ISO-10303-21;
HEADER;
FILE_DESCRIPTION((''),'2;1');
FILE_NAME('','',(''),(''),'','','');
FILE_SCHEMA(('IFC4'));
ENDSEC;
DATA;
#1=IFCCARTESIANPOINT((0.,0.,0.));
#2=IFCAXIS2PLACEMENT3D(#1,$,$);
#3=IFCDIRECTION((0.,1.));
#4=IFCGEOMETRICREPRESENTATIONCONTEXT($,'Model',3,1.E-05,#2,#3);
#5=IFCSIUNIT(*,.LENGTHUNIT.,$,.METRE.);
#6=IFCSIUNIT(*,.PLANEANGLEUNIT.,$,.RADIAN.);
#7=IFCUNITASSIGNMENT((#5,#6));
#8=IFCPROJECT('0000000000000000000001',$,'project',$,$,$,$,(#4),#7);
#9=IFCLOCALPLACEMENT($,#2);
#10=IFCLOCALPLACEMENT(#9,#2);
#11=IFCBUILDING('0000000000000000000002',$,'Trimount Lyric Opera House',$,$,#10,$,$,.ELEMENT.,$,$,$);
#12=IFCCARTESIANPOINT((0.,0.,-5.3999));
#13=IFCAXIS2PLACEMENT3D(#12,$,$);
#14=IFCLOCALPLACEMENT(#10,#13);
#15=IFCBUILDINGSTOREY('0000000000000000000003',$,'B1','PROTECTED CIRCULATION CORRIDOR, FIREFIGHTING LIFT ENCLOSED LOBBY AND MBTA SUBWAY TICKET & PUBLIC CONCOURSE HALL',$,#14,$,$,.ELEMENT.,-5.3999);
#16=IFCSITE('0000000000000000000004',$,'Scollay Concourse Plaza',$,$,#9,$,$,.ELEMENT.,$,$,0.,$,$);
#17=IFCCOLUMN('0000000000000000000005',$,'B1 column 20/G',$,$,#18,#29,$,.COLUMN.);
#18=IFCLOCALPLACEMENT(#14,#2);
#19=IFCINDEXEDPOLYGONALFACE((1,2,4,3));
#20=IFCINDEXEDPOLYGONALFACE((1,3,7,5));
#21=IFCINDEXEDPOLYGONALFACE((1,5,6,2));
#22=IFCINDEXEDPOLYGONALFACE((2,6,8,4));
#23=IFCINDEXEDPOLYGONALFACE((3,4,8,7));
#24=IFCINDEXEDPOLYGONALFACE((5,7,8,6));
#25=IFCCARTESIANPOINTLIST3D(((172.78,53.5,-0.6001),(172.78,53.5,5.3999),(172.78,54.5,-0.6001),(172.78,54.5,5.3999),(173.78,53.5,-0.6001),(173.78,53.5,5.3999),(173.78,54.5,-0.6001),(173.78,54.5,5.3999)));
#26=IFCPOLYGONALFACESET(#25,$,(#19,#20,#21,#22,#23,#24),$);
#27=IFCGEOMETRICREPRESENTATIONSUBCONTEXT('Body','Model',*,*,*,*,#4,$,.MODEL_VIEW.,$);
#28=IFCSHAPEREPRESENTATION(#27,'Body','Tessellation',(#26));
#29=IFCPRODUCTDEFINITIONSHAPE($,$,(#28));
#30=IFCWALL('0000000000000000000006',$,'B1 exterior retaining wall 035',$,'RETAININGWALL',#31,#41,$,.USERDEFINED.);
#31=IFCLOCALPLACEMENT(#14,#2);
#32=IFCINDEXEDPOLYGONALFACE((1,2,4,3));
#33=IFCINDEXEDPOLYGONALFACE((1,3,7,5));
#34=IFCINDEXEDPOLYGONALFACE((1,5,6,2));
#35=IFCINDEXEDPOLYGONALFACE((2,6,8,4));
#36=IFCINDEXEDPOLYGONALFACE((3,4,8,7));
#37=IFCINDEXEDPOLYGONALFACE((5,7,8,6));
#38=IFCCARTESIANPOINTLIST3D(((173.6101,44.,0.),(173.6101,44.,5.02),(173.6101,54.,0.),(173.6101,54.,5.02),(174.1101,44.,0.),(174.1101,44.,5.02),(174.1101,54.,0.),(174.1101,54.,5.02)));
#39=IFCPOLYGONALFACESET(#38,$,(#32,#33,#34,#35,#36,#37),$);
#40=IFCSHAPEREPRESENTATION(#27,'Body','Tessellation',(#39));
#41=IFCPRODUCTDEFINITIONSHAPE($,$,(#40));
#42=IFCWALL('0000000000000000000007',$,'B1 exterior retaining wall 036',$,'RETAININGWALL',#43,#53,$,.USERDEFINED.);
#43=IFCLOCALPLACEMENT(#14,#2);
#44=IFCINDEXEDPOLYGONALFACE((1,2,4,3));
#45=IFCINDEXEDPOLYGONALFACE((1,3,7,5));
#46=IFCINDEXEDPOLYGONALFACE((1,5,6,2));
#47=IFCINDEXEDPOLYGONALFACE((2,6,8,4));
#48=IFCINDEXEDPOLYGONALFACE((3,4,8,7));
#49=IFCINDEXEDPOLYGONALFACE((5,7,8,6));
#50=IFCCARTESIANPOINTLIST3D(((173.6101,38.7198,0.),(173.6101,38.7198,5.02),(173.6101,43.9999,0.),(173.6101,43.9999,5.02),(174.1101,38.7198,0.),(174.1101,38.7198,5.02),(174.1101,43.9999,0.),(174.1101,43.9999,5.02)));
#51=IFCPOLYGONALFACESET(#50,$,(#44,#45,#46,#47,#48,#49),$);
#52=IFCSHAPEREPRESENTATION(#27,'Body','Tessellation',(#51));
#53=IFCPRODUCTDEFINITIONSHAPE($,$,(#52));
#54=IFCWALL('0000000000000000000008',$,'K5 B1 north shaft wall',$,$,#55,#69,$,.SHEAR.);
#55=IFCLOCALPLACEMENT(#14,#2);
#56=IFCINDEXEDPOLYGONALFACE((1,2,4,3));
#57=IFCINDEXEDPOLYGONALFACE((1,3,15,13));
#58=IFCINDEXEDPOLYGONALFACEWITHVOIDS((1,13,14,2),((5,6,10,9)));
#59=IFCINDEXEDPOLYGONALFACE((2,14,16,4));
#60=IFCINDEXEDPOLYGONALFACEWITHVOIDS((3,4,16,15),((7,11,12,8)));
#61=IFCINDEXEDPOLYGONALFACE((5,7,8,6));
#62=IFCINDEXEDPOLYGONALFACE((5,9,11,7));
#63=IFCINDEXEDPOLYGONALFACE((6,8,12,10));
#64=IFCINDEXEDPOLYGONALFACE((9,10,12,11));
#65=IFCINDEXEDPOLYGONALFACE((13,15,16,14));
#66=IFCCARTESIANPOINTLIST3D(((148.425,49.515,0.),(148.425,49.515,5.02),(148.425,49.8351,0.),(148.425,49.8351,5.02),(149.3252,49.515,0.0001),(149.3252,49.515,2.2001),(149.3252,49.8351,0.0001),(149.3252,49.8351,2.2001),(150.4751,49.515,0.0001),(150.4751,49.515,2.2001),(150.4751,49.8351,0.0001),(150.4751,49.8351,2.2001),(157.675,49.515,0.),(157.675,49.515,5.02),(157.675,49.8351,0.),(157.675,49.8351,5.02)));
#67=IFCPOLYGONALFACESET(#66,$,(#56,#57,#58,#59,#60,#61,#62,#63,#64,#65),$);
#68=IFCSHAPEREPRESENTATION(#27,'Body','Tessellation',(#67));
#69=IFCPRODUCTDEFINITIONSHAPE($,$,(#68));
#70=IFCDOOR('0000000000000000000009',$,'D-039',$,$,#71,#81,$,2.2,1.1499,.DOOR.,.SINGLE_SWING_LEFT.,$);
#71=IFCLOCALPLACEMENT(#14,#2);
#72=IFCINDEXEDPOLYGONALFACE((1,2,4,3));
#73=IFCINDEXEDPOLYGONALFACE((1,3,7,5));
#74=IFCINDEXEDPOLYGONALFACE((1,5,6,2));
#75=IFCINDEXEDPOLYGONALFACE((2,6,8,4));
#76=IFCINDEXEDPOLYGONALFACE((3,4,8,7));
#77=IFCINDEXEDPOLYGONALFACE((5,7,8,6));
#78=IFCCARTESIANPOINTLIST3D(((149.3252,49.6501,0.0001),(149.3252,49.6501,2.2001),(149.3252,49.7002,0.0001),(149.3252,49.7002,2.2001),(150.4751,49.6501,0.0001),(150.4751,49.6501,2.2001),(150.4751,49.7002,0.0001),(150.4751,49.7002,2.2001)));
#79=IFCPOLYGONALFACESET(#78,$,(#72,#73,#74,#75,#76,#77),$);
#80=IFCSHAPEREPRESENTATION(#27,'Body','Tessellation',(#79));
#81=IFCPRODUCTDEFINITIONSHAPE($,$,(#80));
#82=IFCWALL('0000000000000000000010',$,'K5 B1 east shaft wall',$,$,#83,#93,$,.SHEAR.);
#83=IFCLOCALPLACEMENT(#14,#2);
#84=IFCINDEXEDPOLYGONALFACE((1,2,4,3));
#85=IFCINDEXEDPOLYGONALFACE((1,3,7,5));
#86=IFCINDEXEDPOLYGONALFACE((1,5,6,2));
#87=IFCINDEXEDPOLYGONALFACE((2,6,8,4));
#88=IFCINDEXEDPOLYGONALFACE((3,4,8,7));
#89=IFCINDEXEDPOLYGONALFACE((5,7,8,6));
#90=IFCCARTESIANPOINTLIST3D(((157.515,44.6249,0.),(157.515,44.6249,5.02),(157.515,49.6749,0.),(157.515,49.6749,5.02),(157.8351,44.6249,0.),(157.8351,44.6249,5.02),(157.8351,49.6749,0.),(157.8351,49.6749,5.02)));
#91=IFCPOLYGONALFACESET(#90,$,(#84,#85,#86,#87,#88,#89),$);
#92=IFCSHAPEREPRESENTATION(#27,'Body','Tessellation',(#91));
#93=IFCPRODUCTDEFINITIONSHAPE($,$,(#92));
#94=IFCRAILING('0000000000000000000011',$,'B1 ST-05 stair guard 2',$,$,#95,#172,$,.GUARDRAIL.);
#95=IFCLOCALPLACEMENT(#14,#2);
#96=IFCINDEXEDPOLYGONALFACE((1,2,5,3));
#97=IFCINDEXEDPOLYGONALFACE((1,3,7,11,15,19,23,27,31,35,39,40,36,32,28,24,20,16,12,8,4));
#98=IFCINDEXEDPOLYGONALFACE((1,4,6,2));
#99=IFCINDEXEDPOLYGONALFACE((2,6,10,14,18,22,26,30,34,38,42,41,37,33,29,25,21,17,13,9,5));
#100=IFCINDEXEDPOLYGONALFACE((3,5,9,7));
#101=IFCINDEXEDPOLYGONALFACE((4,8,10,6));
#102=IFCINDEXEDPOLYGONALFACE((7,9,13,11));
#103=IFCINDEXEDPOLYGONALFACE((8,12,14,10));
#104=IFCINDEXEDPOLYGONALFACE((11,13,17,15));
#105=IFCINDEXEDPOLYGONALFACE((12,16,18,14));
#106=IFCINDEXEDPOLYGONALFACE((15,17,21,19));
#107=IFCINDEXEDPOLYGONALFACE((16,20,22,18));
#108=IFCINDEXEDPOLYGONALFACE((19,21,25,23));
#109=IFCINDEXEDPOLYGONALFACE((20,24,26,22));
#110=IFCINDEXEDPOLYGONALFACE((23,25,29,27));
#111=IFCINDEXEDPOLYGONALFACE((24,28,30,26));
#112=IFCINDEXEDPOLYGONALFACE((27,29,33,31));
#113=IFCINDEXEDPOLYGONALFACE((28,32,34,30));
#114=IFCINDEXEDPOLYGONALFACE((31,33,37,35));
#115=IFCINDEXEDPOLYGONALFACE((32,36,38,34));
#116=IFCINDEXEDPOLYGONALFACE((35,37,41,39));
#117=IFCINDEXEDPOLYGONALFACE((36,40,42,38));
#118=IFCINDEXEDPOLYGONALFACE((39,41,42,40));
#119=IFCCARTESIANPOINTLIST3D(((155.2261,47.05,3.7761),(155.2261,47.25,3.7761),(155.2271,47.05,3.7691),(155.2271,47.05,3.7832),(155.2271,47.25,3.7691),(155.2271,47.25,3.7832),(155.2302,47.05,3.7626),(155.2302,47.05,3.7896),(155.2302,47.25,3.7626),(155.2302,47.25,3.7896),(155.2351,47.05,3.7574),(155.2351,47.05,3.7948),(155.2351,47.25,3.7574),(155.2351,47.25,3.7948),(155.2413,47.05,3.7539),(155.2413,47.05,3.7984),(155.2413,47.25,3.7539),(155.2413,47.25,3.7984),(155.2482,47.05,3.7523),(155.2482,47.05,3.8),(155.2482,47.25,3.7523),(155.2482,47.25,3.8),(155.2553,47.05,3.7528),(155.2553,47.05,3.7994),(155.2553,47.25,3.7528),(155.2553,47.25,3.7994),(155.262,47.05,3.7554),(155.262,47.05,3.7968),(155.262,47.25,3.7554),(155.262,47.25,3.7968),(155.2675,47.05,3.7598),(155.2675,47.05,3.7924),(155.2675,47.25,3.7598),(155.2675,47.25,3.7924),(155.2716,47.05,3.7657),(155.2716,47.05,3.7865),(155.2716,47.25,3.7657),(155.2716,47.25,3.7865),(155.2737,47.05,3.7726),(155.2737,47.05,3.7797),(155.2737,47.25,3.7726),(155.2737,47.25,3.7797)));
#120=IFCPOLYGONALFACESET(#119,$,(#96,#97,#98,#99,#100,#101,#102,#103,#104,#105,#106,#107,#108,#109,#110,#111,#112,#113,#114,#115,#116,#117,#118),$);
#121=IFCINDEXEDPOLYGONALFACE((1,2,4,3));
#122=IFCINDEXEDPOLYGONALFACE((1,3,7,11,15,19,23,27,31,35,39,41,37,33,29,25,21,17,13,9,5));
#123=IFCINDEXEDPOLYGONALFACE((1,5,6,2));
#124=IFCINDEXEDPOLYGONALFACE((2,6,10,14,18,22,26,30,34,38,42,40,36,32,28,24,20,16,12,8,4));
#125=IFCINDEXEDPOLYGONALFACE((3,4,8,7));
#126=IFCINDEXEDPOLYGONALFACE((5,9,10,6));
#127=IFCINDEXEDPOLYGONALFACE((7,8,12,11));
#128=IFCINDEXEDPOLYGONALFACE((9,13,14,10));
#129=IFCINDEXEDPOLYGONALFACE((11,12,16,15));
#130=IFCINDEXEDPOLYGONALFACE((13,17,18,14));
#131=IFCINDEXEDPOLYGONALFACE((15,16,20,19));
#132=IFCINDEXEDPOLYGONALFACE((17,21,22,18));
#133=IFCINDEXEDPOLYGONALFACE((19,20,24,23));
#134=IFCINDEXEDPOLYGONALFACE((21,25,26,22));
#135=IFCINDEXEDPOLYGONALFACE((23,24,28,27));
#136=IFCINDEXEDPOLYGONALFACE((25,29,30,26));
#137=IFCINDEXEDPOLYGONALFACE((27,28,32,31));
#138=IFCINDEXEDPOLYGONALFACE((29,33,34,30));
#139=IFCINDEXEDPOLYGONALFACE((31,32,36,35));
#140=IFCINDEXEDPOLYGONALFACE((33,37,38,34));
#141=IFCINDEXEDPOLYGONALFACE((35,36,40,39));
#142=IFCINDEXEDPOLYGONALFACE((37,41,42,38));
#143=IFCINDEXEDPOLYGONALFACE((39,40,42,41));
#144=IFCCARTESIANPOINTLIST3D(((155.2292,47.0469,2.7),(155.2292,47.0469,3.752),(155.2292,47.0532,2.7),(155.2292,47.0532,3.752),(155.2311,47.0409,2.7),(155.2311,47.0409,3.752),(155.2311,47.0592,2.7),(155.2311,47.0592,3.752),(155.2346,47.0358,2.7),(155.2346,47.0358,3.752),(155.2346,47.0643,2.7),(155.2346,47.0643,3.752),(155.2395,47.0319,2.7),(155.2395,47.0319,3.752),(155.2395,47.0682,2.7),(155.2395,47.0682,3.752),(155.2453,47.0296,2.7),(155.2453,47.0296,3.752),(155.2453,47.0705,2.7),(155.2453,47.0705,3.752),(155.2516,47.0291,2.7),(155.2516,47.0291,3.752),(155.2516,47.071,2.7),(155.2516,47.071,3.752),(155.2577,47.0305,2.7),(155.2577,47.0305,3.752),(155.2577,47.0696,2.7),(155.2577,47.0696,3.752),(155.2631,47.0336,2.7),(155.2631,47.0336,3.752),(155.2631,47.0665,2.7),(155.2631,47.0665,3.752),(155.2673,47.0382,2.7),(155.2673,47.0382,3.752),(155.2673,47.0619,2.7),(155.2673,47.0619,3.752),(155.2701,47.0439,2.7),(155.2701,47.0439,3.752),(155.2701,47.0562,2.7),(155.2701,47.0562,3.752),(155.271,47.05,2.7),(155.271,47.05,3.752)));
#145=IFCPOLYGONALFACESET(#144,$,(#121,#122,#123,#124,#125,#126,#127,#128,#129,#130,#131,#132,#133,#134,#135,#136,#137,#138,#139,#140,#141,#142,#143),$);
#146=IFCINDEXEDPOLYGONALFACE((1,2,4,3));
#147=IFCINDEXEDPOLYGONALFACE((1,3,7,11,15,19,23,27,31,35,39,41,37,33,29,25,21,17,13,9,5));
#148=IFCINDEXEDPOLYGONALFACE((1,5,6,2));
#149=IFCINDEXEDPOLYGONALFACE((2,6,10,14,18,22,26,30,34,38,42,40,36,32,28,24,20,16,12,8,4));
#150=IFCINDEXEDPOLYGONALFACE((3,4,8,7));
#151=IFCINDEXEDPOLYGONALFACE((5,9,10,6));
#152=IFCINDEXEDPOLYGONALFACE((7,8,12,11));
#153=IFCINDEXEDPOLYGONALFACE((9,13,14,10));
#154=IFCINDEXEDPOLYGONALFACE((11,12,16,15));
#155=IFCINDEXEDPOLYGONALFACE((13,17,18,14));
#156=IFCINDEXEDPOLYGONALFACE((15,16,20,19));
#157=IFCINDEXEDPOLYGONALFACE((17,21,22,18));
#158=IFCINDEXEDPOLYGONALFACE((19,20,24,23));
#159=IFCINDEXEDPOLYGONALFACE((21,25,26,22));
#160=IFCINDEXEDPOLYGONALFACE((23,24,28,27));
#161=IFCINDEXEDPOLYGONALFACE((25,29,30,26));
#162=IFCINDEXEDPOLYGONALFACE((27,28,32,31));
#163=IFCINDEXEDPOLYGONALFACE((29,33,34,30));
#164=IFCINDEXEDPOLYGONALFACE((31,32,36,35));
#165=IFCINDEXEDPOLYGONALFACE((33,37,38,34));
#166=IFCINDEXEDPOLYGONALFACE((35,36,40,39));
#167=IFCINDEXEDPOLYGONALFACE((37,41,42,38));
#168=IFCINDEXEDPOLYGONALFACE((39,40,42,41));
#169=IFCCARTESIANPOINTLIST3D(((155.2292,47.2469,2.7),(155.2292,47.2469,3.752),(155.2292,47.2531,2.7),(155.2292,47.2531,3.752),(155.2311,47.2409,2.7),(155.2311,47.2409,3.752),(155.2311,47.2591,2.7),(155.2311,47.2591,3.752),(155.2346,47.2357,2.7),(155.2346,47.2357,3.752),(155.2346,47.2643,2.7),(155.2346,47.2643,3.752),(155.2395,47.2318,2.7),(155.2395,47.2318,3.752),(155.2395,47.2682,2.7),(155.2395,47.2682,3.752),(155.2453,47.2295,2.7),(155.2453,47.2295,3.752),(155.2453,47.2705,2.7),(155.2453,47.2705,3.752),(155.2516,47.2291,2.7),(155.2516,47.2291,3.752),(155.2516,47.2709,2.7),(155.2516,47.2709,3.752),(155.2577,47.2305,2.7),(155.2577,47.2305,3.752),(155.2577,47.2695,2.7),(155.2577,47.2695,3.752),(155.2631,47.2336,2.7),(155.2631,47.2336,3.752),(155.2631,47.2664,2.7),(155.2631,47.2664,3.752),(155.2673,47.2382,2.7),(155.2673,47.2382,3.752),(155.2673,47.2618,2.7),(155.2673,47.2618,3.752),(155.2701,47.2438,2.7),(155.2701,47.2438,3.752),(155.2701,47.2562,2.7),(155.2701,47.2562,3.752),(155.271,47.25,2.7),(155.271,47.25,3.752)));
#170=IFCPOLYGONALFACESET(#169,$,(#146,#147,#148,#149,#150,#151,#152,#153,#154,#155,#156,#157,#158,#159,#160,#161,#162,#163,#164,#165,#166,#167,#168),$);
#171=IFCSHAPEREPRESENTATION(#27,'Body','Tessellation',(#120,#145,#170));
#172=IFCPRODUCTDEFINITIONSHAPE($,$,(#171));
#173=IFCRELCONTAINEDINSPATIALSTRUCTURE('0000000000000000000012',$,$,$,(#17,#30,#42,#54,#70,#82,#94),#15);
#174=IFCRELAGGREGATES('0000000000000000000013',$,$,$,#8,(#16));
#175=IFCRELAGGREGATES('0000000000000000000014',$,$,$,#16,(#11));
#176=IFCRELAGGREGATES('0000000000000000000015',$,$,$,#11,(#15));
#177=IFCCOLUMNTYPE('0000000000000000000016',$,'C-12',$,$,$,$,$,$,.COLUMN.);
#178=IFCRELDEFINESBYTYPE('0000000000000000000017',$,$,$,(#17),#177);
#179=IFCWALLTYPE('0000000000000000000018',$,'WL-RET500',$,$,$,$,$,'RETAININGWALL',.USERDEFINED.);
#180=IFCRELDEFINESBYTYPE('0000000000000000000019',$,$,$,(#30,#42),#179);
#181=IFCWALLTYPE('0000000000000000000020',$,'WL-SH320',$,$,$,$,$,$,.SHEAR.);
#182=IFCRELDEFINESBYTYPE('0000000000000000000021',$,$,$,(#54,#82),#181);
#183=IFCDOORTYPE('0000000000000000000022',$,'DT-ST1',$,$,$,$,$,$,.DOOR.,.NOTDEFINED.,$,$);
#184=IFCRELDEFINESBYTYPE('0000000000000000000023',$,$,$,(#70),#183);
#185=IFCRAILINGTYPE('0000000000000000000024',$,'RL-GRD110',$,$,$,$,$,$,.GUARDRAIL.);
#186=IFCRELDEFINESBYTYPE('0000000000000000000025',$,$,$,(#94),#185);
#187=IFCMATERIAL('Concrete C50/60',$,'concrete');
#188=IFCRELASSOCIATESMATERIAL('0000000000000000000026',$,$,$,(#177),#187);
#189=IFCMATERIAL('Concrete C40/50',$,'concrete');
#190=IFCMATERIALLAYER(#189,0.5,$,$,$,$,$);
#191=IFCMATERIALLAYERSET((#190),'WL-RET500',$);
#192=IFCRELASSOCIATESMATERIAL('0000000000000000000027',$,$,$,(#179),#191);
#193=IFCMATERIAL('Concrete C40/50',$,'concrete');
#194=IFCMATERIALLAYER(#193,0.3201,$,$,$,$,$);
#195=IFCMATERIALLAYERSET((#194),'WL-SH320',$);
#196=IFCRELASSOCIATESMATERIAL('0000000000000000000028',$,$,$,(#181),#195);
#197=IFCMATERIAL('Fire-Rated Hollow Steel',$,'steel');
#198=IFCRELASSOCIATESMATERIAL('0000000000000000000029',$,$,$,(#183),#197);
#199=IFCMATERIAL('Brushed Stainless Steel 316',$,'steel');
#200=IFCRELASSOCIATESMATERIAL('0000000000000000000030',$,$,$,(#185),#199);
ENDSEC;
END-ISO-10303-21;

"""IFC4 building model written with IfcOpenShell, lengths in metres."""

from ifc_helpers import new_model, si_unit, direction, frame, frame_2d, origin, origin_2d, place, context, subcontext, project, spatial, rectangle, circle, extrude, material, layer, layer_set, material_profile, profile_set, type_object, element, fill, save


model = new_model("IFC4")

# Units and contexts
model_context = context("Model", 3, precision=1e-05, world=origin(), true_north=direction((0.0, 1.0)))
body_context = subcontext(model_context, "Body", "Model", "MODEL_VIEW")
ifc_project = project(units=[si_unit("LENGTHUNIT", "METRE"), si_unit("PLANEANGLEUNIT", "RADIAN")], contexts=[model_context])

# Site, building, storey
site_placement = place(None, origin())
site = spatial("IfcSite", under=ifc_project, at=site_placement, Name="Scollay Concourse Plaza", CompositionType="ELEMENT", RefElevation=0.0)
building_placement = place(site_placement, origin())
building = spatial("IfcBuilding", under=site, at=building_placement, Name="Trimount Lyric Opera House", CompositionType="ELEMENT")
storey_placement = place(building_placement, frame((0.0, 0.0, -5.3999)))
storey = spatial("IfcBuildingStorey", under=building, at=storey_placement, Name="B1", Description="PROTECTED CIRCULATION CORRIDOR, FIREFIGHTING LIFT ENCLOSED LOBBY AND MBTA SUBWAY TICKET & PUBLIC CONCOURSE HALL", CompositionType="ELEMENT", Elevation=-5.3999)

# Column
ifc_material_1 = material(Name="Concrete C50/60", Category="concrete")
ifc_material_profile_1 = material_profile(ifc_material_1, rectangle(XDim=1.0, YDim=1.0, at=origin_2d()), Name="RC1000X1000")
ifc_profile_set_1 = profile_set([ifc_material_profile_1], Name="Concrete C50/60")
column_type_1 = type_object("IfcColumnType", Name="C-12", PredefinedType="COLUMN", material=ifc_profile_set_1)
column_placement = place(storey_placement, frame((173.28, 54.0, -0.6001), z_axis=(0.0, 0.0, 1.0), x_axis=(1.0, 0.0, 0.0)))
element("IfcColumn", 1, at=column_placement, inside=storey, type_object=column_type_1, Name="B1 column 20/G", PredefinedType="COLUMN", context=body_context, shape_type="SweptSolid", body=[
    extrude(rectangle(XDim=1.0, YDim=1.0, at=origin_2d()), origin(), (0.0, 0.0, 1.0), 6.0),
])

# Walls
ifc_material_2 = material(Name="Concrete C40/50", Category="concrete")
ifc_layer_1 = layer(ifc_material_2, 0.5)
ifc_layer_set_1 = layer_set([ifc_layer_1], Name="WL-RET500")
wall_type_1 = type_object("IfcWallType", Name="WL-RET500", ElementType="RETAININGWALL", PredefinedType="USERDEFINED", material=ifc_layer_set_1)
wall_1_placement = place(storey_placement, frame((173.8601, 54.0, 0.0), z_axis=(0.0, 0.0, 1.0), x_axis=(0.0, -1.0, 0.0)))
element("IfcWall", 2, at=wall_1_placement, inside=storey, type_object=wall_type_1, Name="B1 exterior retaining wall 035", ObjectType="RETAININGWALL", PredefinedType="USERDEFINED", context=body_context, shape_type="SweptSolid", body=[
    extrude(rectangle(XDim=10.0, YDim=0.5, at=frame_2d((5.0, 0.0))), origin(), (0.0, 0.0, 1.0), 5.02),
])
wall_2_placement = place(storey_placement, frame((173.8601, 44.0, 0.0), z_axis=(0.0, 0.0, 1.0), x_axis=(0.0, -1.0, 0.0)))
element("IfcWall", 3, at=wall_2_placement, inside=storey, type_object=wall_type_1, Name="B1 exterior retaining wall 036", ObjectType="RETAININGWALL", PredefinedType="USERDEFINED", context=body_context, shape_type="SweptSolid", body=[
    extrude(rectangle(XDim=5.28, YDim=0.5, at=frame_2d((2.6401, 0.0))), origin(), (0.0, 0.0, 1.0), 5.02),
])

# Wall, opening, door
ifc_material_3 = material(Name="Concrete C40/50", Category="concrete")
ifc_layer_2 = layer(ifc_material_3, 0.3201)
ifc_layer_set_2 = layer_set([ifc_layer_2], Name="WL-SH320")
wall_type_2 = type_object("IfcWallType", Name="WL-SH320", PredefinedType="SHEAR", material=ifc_layer_set_2)
wall_3_placement = place(storey_placement, frame((157.675, 49.675, 0.0), z_axis=(0.0, 0.0, 1.0), x_axis=(-1.0, 0.0, 0.0)))
wall_3 = element("IfcWall", 4, at=wall_3_placement, inside=storey, type_object=wall_type_2, Name="K5 B1 north shaft wall", PredefinedType="SHEAR", context=body_context, shape_type="SweptSolid", body=[
    extrude(rectangle(XDim=9.25, YDim=0.3201, at=frame_2d((4.625, 0.0))), origin(), (0.0, 0.0, 1.0), 5.02),
])
opening_placement = place(wall_3_placement, frame((7.2, 0.0, 0.0)))
opening = element("IfcOpeningElement", 5, at=opening_placement, cuts=wall_3, PredefinedType="OPENING", context=body_context, shape_type="SweptSolid", body=[
    extrude(rectangle(XDim=1.1499, YDim=2.2, at=frame_2d((0.575, 1.1001))), frame((0.0, 0.1699, 0.0), z_axis=(0.0, -1.0, 0.0), x_axis=(1.0, 0.0, 0.0)), (0.0, 0.0, 1.0), 0.3401),
])
ifc_material_4 = material(Name="Fire-Rated Hollow Steel", Category="steel")
door_type = type_object("IfcDoorType", Name="DT-ST1", OperationType="NOTDEFINED", PredefinedType="DOOR", material=ifc_material_4)
door_placement = place(opening_placement, origin())
door = element("IfcDoor", 6, at=door_placement, inside=storey, type_object=door_type, Name="D-039", OperationType="SINGLE_SWING_LEFT", OverallHeight=2.2, OverallWidth=1.1499, PredefinedType="DOOR", context=body_context, shape_type="SweptSolid", body=[
    extrude(rectangle(XDim=1.1499, YDim=2.2, at=frame_2d((0.575, 1.1001))), frame((0.0, 0.0249, 0.0), z_axis=(0.0, -1.0, 0.0), x_axis=(1.0, 0.0, 0.0)), (0.0, 0.0, 1.0), 0.05),
])
fill(opening, door)

# Wall
wall_4_placement = place(storey_placement, frame((157.675, 44.625, 0.0), z_axis=(0.0, 0.0, 1.0), x_axis=(0.0, 1.0, 0.0)))
element("IfcWall", 7, at=wall_4_placement, inside=storey, type_object=wall_type_2, Name="K5 B1 east shaft wall", PredefinedType="SHEAR", context=body_context, shape_type="SweptSolid", body=[
    extrude(rectangle(XDim=5.05, YDim=0.3201, at=frame_2d((2.5249, 0.0))), origin(), (0.0, 0.0, 1.0), 5.02),
])

# Railing
ifc_material_5 = material(Name="Brushed Stainless Steel 316", Category="steel")
railing_type_1 = type_object("IfcRailingType", Name="RL-GRD110", PredefinedType="GUARDRAIL", material=ifc_material_5)
railing_1_placement = place(storey_placement, frame((155.25, 47.05, 2.7)))
element("IfcRailing", 8, at=railing_1_placement, inside=storey, type_object=railing_type_1, Name="B1 ST-05 stair guard 2", PredefinedType="GUARDRAIL", context=body_context, shape_type="SweptSolid", body=[
    extrude(circle(Radius=0.0239, at=origin_2d()), frame((0.0, 0.0, 1.0762), z_axis=(0.0, 1.0, 0.0), x_axis=(-1.0, 0.0, 0.0)), (0.0, 0.0, 1.0), 0.2),
    extrude(circle(Radius=0.021, at=origin_2d()), origin(), (0.0, 0.0, 1.0), 1.052),
    extrude(circle(Radius=0.021, at=origin_2d()), frame((0.0, 0.2, 0.0)), (0.0, 0.0, 1.0), 1.052),
])

save(model, "model.ifc")
